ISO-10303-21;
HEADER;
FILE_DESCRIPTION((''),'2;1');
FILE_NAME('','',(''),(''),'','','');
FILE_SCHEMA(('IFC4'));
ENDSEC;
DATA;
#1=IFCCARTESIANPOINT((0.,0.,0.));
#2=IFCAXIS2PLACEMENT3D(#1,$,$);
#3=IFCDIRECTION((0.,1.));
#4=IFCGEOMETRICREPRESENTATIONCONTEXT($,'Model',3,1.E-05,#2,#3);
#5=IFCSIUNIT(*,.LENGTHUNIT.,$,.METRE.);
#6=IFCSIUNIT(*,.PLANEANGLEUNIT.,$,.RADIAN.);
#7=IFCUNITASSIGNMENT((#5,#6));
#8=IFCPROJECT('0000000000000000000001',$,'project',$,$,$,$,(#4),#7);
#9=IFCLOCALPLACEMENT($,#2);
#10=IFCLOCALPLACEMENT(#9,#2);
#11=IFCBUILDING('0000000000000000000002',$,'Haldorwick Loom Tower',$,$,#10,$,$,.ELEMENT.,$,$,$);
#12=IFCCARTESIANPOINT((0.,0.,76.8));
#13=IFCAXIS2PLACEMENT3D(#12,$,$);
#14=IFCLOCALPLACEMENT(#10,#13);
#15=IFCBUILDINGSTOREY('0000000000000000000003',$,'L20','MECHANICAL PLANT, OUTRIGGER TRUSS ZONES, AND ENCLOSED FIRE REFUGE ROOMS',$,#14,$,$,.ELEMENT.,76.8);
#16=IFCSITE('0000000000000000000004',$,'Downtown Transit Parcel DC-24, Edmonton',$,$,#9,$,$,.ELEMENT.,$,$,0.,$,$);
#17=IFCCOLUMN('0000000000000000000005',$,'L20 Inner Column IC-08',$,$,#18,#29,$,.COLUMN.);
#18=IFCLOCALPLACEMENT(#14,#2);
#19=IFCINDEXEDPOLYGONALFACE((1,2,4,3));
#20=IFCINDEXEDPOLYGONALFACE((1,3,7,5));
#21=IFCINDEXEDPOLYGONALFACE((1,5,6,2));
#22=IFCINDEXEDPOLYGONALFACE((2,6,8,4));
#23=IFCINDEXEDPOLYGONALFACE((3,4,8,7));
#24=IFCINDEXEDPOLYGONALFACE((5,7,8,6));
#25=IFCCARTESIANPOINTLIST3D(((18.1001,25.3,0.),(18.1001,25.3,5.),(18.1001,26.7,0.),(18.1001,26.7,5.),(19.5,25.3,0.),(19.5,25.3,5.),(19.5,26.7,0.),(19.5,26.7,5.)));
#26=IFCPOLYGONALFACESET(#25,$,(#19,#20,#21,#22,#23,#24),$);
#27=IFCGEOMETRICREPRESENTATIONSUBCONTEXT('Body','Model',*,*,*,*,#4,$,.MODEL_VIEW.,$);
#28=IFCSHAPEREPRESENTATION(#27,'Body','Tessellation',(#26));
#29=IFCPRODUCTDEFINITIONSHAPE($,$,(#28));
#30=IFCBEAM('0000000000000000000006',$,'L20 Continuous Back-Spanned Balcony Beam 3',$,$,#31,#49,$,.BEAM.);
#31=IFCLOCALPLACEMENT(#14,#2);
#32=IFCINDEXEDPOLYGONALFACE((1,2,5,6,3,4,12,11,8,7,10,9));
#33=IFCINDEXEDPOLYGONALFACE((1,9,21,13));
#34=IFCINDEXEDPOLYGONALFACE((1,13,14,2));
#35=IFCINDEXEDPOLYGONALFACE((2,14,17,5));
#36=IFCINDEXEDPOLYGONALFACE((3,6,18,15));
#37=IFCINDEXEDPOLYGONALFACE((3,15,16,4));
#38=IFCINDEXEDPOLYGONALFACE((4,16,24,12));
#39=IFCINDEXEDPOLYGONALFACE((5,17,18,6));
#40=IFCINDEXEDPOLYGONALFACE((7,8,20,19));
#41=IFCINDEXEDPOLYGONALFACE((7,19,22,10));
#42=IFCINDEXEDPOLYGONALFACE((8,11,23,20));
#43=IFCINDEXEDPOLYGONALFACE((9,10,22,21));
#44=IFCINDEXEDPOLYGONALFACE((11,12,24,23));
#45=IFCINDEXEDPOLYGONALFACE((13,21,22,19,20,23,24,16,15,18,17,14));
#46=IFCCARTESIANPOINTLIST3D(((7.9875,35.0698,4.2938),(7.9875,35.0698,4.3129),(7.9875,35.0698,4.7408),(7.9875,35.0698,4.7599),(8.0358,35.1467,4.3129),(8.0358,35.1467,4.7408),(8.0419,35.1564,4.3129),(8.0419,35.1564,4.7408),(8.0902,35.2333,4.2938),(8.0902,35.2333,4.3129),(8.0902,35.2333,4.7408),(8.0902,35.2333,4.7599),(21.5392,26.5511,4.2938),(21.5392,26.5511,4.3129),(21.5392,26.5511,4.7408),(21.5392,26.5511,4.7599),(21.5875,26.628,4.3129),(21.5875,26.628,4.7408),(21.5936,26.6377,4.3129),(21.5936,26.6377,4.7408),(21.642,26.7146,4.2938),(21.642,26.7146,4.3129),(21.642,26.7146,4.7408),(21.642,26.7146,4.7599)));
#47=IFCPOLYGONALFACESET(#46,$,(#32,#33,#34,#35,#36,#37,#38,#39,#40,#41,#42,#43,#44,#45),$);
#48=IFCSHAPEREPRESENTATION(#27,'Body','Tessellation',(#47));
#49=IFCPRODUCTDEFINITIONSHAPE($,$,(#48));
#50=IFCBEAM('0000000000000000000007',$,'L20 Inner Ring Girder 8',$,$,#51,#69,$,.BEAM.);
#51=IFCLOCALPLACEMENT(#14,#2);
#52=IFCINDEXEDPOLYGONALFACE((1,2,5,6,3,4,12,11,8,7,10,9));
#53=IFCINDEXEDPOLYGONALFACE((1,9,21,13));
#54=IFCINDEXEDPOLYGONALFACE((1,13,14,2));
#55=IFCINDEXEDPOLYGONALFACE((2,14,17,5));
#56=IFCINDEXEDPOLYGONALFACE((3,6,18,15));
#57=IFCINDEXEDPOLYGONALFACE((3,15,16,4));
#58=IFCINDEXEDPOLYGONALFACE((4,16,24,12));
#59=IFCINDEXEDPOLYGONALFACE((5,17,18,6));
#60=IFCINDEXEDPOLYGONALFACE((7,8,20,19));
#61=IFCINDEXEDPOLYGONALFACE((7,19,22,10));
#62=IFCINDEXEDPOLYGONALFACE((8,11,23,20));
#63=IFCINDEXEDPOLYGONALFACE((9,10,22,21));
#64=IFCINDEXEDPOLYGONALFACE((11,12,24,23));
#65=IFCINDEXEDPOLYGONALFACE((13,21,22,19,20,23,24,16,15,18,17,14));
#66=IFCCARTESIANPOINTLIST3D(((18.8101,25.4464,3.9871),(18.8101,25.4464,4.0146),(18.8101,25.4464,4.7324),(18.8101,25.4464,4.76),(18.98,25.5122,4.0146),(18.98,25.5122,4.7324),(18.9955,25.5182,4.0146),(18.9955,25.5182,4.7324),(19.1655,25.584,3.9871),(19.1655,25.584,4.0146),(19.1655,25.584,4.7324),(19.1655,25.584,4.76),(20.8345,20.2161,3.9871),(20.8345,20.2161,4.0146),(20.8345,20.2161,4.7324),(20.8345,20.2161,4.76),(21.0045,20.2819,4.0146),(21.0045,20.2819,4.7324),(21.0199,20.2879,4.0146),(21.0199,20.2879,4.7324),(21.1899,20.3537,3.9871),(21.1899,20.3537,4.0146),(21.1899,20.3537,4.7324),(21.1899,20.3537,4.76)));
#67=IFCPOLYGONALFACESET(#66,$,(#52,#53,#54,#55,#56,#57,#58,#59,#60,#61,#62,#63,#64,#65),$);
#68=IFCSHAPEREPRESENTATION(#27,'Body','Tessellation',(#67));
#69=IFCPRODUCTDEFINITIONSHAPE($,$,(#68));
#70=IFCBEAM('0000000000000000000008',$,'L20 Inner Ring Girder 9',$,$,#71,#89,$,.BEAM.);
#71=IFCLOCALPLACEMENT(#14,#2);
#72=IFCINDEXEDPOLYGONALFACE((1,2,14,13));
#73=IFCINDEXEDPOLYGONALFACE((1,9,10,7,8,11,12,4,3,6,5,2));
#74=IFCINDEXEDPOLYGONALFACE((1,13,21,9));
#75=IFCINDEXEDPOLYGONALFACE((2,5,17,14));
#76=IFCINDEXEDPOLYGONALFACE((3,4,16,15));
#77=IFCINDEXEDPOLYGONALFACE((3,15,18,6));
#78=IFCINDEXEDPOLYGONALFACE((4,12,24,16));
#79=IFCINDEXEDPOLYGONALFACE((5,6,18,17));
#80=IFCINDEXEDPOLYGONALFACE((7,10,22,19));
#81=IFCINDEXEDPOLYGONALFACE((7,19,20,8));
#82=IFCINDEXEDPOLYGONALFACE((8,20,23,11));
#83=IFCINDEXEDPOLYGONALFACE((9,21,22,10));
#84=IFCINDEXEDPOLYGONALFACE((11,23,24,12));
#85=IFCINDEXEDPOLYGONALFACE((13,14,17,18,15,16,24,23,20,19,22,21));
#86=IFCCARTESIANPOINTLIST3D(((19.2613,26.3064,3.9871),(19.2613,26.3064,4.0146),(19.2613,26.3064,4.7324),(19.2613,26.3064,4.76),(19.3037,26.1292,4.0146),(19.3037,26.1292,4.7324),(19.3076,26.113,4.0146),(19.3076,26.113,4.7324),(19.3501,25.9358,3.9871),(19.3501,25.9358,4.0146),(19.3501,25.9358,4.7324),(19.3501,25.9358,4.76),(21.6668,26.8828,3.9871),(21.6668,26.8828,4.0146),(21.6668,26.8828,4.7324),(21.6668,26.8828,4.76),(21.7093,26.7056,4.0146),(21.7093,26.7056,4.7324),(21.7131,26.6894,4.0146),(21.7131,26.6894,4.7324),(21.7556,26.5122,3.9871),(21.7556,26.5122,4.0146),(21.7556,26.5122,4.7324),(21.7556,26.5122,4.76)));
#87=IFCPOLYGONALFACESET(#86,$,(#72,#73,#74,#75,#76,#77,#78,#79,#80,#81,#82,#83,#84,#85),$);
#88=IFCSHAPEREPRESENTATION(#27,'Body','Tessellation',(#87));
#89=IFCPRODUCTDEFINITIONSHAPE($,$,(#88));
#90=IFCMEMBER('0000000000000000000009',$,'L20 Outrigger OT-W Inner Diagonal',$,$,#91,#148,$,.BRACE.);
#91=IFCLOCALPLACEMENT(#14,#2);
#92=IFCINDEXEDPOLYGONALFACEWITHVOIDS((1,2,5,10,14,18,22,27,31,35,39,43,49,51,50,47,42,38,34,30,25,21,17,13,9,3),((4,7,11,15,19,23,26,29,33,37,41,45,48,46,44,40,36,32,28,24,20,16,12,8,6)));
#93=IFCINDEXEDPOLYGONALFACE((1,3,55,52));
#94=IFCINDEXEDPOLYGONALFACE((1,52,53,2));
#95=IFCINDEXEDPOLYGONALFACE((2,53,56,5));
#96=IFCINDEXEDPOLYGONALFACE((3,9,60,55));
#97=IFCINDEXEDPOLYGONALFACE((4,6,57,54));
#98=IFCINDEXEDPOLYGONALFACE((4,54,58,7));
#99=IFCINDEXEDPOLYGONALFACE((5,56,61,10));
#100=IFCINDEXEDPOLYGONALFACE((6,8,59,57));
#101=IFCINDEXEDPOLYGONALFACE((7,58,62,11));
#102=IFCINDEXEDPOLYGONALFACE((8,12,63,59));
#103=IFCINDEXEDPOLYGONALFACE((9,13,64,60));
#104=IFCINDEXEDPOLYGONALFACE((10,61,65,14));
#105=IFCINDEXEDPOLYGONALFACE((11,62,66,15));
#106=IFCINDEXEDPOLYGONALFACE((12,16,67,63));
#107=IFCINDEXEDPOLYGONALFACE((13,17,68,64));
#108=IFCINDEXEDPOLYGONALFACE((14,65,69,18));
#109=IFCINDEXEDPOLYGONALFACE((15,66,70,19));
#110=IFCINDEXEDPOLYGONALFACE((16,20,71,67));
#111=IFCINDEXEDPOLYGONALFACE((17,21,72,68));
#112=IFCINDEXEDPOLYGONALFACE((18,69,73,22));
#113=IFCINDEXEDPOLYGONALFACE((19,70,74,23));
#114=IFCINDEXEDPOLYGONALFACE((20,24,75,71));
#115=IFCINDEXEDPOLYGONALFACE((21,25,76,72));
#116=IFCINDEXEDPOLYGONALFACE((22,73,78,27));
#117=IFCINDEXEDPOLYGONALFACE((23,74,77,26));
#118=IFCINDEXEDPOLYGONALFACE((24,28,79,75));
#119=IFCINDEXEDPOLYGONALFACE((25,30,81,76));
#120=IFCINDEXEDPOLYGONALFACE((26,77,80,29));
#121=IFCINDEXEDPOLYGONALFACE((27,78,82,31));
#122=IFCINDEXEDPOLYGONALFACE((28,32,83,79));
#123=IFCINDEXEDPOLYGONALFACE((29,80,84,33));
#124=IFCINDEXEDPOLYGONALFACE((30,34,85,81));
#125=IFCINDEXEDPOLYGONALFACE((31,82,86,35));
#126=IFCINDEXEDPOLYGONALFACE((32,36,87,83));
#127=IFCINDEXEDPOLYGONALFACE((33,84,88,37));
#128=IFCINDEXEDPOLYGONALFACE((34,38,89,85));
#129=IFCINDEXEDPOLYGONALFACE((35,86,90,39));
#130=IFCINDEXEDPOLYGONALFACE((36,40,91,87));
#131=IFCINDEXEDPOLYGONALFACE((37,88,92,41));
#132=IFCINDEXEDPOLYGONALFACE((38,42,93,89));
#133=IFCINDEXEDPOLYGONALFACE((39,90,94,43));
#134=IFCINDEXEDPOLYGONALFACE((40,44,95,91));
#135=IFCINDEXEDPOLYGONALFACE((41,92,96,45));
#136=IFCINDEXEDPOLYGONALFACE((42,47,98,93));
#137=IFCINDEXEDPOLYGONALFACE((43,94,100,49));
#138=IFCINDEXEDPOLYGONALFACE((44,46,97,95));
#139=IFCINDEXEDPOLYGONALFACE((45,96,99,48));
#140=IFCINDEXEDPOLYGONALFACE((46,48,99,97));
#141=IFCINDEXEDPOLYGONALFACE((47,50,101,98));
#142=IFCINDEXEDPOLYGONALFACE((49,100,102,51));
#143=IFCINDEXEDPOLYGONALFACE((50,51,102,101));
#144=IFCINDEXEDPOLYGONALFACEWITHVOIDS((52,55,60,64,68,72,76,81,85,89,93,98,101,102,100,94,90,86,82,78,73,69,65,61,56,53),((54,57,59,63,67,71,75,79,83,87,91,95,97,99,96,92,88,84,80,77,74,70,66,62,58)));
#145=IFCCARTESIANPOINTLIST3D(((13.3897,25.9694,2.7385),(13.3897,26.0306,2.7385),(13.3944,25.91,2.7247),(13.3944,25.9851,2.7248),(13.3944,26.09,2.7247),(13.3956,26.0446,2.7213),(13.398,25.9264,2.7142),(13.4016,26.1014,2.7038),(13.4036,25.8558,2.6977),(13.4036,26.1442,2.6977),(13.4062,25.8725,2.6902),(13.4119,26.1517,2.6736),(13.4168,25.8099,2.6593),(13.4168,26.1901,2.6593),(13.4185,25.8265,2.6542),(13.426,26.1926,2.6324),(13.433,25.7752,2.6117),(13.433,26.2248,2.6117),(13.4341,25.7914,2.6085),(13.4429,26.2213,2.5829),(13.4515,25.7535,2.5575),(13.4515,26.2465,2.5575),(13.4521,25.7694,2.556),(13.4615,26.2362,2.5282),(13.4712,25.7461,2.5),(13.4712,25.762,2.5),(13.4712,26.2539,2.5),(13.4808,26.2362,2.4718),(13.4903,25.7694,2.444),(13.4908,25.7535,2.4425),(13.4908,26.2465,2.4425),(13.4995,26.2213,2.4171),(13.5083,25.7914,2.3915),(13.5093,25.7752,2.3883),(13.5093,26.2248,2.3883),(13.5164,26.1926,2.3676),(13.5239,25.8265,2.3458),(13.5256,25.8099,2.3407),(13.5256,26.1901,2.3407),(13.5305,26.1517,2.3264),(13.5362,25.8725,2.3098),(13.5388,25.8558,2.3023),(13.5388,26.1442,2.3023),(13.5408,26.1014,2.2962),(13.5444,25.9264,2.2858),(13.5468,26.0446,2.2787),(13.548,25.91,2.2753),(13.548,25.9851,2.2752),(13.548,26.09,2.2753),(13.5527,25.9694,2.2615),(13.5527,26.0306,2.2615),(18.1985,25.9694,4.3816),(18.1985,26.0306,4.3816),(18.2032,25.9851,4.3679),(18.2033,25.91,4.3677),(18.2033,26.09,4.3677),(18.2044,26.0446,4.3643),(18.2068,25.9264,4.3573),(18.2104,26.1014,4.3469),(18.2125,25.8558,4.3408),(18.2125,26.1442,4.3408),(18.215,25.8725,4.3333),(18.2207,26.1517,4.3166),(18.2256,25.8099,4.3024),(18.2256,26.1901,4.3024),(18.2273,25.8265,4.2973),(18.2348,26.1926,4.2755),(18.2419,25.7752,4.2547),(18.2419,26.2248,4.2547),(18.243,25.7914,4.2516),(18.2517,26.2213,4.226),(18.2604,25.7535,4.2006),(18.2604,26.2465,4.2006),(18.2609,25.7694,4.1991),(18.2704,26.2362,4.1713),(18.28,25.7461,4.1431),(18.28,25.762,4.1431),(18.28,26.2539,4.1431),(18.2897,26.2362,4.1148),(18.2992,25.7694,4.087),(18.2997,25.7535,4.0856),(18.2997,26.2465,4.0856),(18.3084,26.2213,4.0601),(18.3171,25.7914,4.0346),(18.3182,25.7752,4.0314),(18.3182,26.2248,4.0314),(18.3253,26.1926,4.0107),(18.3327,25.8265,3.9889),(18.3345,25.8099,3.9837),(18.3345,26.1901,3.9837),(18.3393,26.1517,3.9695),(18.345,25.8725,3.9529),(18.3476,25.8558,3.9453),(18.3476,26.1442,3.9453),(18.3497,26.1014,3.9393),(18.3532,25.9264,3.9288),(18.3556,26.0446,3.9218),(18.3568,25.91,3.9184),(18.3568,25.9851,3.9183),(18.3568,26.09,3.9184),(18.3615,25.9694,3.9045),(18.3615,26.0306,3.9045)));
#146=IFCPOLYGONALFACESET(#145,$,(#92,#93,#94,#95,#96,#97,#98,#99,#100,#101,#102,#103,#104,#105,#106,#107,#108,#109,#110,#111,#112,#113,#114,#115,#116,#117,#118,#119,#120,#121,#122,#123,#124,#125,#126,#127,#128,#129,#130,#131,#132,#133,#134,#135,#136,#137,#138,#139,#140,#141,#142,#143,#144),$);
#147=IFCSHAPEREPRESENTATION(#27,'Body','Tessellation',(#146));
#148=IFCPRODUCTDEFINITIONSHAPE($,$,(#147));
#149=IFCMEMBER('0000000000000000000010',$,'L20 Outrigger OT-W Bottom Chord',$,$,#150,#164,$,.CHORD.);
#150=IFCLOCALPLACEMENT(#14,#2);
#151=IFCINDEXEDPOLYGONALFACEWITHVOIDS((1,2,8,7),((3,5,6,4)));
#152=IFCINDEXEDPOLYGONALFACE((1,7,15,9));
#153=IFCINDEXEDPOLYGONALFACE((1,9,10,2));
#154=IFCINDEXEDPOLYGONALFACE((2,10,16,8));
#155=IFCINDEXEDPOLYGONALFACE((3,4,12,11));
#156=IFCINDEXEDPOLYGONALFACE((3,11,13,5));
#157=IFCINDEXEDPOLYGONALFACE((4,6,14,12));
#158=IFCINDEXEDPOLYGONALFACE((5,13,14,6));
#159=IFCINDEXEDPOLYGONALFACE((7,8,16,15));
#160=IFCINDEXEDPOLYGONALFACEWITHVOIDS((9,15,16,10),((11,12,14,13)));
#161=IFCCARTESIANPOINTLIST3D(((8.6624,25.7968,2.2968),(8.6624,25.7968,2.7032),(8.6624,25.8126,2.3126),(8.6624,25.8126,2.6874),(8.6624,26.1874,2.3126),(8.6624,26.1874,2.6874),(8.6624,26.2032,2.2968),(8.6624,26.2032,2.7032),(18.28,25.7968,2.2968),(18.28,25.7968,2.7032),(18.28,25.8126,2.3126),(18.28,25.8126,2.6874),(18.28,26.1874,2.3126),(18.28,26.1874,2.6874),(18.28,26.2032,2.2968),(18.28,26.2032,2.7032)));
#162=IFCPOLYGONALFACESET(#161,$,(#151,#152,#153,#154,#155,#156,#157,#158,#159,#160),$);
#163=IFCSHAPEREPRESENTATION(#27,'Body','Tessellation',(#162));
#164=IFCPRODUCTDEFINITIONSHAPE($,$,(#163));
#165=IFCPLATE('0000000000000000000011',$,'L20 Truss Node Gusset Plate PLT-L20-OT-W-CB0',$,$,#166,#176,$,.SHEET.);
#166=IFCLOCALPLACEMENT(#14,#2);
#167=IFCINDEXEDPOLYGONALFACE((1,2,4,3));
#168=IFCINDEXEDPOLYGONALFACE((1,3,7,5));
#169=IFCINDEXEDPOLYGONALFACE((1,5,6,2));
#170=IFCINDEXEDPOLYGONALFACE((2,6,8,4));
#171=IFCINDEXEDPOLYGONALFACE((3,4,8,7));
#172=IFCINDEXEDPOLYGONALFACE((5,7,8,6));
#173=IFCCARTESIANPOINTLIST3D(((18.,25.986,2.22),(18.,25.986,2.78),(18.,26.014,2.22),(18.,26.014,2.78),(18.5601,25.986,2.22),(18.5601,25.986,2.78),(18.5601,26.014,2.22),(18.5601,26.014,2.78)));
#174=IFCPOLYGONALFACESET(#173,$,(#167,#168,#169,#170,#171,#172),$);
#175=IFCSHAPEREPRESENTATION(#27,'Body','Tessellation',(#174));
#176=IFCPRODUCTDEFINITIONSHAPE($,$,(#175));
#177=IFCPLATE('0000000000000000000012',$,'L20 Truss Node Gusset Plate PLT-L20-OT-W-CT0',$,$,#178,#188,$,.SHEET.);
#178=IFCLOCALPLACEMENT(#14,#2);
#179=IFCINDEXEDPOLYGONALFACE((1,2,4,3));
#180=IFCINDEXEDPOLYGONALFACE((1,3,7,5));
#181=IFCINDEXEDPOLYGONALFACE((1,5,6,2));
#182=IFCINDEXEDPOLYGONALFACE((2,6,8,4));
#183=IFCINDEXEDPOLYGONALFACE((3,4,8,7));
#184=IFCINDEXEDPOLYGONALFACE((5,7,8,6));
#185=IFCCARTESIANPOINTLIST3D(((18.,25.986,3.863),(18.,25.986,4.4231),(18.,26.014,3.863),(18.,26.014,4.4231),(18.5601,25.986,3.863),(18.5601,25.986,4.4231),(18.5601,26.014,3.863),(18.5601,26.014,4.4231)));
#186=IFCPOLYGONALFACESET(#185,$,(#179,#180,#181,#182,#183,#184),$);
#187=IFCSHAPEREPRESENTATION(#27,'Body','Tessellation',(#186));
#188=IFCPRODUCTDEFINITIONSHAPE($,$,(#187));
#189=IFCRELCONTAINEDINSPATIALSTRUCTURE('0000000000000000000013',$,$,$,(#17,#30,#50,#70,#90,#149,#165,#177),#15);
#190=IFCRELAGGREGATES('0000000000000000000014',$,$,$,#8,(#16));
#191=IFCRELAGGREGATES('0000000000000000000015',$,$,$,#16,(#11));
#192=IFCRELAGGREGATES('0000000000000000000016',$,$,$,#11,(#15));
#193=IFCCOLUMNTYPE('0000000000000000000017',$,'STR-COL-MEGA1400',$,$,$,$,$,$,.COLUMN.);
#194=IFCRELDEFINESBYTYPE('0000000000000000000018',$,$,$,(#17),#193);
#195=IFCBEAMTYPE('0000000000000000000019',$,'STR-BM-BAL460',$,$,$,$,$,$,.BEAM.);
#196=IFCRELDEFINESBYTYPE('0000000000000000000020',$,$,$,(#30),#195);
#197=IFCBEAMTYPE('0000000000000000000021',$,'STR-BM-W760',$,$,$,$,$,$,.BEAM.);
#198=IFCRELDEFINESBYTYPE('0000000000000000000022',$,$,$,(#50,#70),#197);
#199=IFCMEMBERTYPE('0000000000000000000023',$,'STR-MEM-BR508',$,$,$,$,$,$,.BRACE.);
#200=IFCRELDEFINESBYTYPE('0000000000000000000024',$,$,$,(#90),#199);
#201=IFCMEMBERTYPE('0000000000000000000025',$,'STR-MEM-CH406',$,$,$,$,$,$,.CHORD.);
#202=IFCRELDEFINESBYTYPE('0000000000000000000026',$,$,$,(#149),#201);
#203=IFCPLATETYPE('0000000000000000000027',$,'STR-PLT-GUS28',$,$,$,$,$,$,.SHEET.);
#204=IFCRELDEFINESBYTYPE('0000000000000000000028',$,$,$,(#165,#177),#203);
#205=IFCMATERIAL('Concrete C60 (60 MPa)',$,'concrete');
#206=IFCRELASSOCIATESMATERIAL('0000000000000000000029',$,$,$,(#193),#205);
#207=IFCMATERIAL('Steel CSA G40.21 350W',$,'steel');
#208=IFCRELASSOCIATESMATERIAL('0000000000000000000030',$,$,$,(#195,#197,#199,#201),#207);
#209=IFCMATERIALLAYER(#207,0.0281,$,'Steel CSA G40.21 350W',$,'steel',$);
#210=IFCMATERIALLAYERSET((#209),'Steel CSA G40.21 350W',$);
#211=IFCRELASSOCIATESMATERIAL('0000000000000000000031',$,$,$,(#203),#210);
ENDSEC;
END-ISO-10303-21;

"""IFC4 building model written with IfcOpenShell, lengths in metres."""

from ifc_helpers import new_model, si_unit, direction, frame, origin, origin_2d, place, context, subcontext, project, spatial, rectangle, hollow_rectangle, hollow_circle, i_section, extrude, material, layer, layer_set, material_profile, profile_set, type_object, element, save


model = new_model("IFC4")

# Units and contexts
model_context = context("Model", 3, precision=1e-05, world=origin(), true_north=direction((0.0, 1.0)))
body_context = subcontext(model_context, "Body", "Model", "MODEL_VIEW")
ifc_project = project(units=[si_unit("LENGTHUNIT", "METRE"), si_unit("PLANEANGLEUNIT", "RADIAN")], contexts=[model_context])

# Site, building, storey
site_placement = place(None, origin())
site = spatial("IfcSite", under=ifc_project, at=site_placement, Name="Downtown Transit Parcel DC-24, Edmonton", CompositionType="ELEMENT", RefElevation=0.0)
building_placement = place(site_placement, origin())
building = spatial("IfcBuilding", under=site, at=building_placement, Name="Haldorwick Loom Tower", CompositionType="ELEMENT")
storey_placement = place(building_placement, frame((0.0, 0.0, 76.8)))
storey = spatial("IfcBuildingStorey", under=building, at=storey_placement, Name="L20", Description="MECHANICAL PLANT, OUTRIGGER TRUSS ZONES, AND ENCLOSED FIRE REFUGE ROOMS", CompositionType="ELEMENT", Elevation=76.8)

# Column
ifc_material_1 = material(Name="Concrete C60 (60 MPa)", Category="concrete")
ifc_material_profile_1 = material_profile(ifc_material_1, rectangle(XDim=1.3999, YDim=1.3999, at=origin_2d()), Name="RC1400X1400", Category="concrete")
ifc_profile_set_1 = profile_set([ifc_material_profile_1], Name="Concrete C60 (60 MPa)")
column_type = type_object("IfcColumnType", Name="STR-COL-MEGA1400", PredefinedType="COLUMN", material=ifc_profile_set_1)
column_placement = place(storey_placement, frame((18.8, 26.0, 0.0), z_axis=(0.0, 0.0, 1.0), x_axis=(1.0, 0.0, 0.0)))
element("IfcColumn", 1, at=column_placement, inside=storey, type_object=column_type, Name="L20 Inner Column IC-08", PredefinedType="COLUMN", context=body_context, shape_type="SweptSolid", body=[
    extrude(rectangle(XDim=1.3999, YDim=1.3999, at=origin_2d()), origin(), (0.0, 0.0, 1.0), 5.0),
])

# Beams
ifc_material_2 = material(Name="Steel CSA G40.21 350W", Category="steel")
ifc_material_profile_2 = material_profile(ifc_material_2, i_section(OverallWidth=0.1931, OverallDepth=0.4661, WebThickness=0.0115, FlangeThickness=0.019, at=origin_2d()), Name="W460X97", Category="steel")
ifc_profile_set_2 = profile_set([ifc_material_profile_2], Name="Steel CSA G40.21 350W")
beam_type_1 = type_object("IfcBeamType", Name="STR-BM-BAL460", PredefinedType="BEAM", material=ifc_profile_set_2)
beam_1_placement = place(storey_placement, frame((21.5906, 26.6328, 4.5269), z_axis=(-0.846621, 0.532196, 0.0), x_axis=(-0.532196, -0.846621, 0.0)))
element("IfcBeam", 2, at=beam_1_placement, inside=storey, type_object=beam_type_1, Name="L20 Continuous Back-Spanned Balcony Beam 3", PredefinedType="BEAM", context=body_context, shape_type="SweptSolid", body=[
    extrude(i_section(OverallWidth=0.1931, OverallDepth=0.4661, WebThickness=0.0115, FlangeThickness=0.019, at=origin_2d()), origin(), (0.0, 0.0, 1.0), 16.0068),
])
ifc_material_profile_3 = material_profile(ifc_material_2, i_section(OverallWidth=0.3811, OverallDepth=0.7729, WebThickness=0.0166, FlangeThickness=0.0276, at=origin_2d()), Name="W760X257", Category="steel")
ifc_profile_set_3 = profile_set([ifc_material_profile_3], Name="Steel CSA G40.21 350W")
beam_type_2 = type_object("IfcBeamType", Name="STR-BM-W760", PredefinedType="BEAM", material=ifc_profile_set_3)
beam_2_placement = place(storey_placement, frame((21.0122, 20.2849, 4.3735), z_axis=(-0.360965, 0.932579, 0.0), x_axis=(-0.932579, -0.360965, 0.0)))
element("IfcBeam", 3, at=beam_2_placement, inside=storey, type_object=beam_type_2, Name="L20 Inner Ring Girder 8", PredefinedType="BEAM", context=body_context, shape_type="SweptSolid", body=[
    extrude(i_section(OverallWidth=0.3811, OverallDepth=0.7729, WebThickness=0.0166, FlangeThickness=0.0276, at=origin_2d()), origin(), (0.0, 0.0, 1.0), 5.6084),
])
beam_3_placement = place(storey_placement, frame((19.3057, 26.1211, 4.3735), z_axis=(0.972471, 0.233026, 0.0), x_axis=(-0.233026, 0.972471, 0.0)))
element("IfcBeam", 4, at=beam_3_placement, inside=storey, type_object=beam_type_2, Name="L20 Inner Ring Girder 9", PredefinedType="BEAM", context=body_context, shape_type="SweptSolid", body=[
    extrude(i_section(OverallWidth=0.3811, OverallDepth=0.7729, WebThickness=0.0166, FlangeThickness=0.0276, at=origin_2d()), origin(), (0.0, 0.0, 1.0), 2.4736),
])

# Members
ifc_material_profile_4 = material_profile(ifc_material_2, hollow_circle(Radius=0.2539, WallThickness=0.0159, at=origin_2d()), Name="HSS508X16", Category="steel")
ifc_profile_set_4 = profile_set([ifc_material_profile_4], Name="Steel CSA G40.21 350W")
member_type_1 = type_object("IfcMemberType", Name="STR-MEM-BR508", PredefinedType="BRACE", material=ifc_profile_set_4)
member_1_placement = place(storey_placement, frame((18.28, 26.0, 4.1431), z_axis=(-0.946288, 0.0, -0.323324), x_axis=(0.0, -1.0, 0.0)))
element("IfcMember", 5, at=member_1_placement, inside=storey, type_object=member_type_1, Name="L20 Outrigger OT-W Inner Diagonal", PredefinedType="BRACE", context=body_context, shape_type="SweptSolid", body=[
    extrude(hollow_circle(Radius=0.2539, WallThickness=0.0159, at=origin_2d()), origin(), (0.0, 0.0, 1.0), 5.0818),
])
ifc_material_profile_5 = material_profile(ifc_material_2, hollow_rectangle(XDim=0.4065, YDim=0.4065, WallThickness=0.0159, at=origin_2d()), Name="HSS406X406X16", Category="steel")
ifc_profile_set_5 = profile_set([ifc_material_profile_5], Name="Steel CSA G40.21 350W")
member_type_2 = type_object("IfcMemberType", Name="STR-MEM-CH406", PredefinedType="CHORD", material=ifc_profile_set_5)
member_2_placement = place(storey_placement, frame((18.28, 26.0, 2.5), z_axis=(-1.0, 0.0, 0.0), x_axis=(0.0, -1.0, 0.0)))
element("IfcMember", 6, at=member_2_placement, inside=storey, type_object=member_type_2, Name="L20 Outrigger OT-W Bottom Chord", PredefinedType="CHORD", context=body_context, shape_type="SweptSolid", body=[
    extrude(hollow_rectangle(XDim=0.4065, YDim=0.4065, WallThickness=0.0159, at=origin_2d()), origin(), (0.0, 0.0, 1.0), 9.6177),
])

# Plates
ifc_layer_1 = layer(ifc_material_2, 0.0281, Name="Steel CSA G40.21 350W", Category="steel")
ifc_layer_set_1 = layer_set([ifc_layer_1], Name="Steel CSA G40.21 350W")
plate_type = type_object("IfcPlateType", Name="STR-PLT-GUS28", PredefinedType="SHEET", material=ifc_layer_set_1)
for number, where, z_axis, x_axis, name in (
    (7, (18.28, 26.0, 2.22), (0.0, 0.0, 1.0), (-1.0, 0.0, 0.0), "L20 Truss Node Gusset Plate PLT-L20-OT-W-CB0"),
    (8, (18.28, 26.0, 3.863), (0.0, 0.0, 1.0), (-1.0, 0.0, 0.0), "L20 Truss Node Gusset Plate PLT-L20-OT-W-CT0"),
):
    element("IfcPlate", number, at=place(storey_placement, frame(where, z_axis=z_axis, x_axis=x_axis)), inside=storey, type_object=plate_type, Name=name, PredefinedType="SHEET", context=body_context, shape_type="SweptSolid", body=[
        extrude(rectangle(XDim=0.5601, YDim=0.0281, at=origin_2d()), origin(), (0.0, 0.0, 1.0), 0.5601),
    ])

save(model, "model.ifc")
